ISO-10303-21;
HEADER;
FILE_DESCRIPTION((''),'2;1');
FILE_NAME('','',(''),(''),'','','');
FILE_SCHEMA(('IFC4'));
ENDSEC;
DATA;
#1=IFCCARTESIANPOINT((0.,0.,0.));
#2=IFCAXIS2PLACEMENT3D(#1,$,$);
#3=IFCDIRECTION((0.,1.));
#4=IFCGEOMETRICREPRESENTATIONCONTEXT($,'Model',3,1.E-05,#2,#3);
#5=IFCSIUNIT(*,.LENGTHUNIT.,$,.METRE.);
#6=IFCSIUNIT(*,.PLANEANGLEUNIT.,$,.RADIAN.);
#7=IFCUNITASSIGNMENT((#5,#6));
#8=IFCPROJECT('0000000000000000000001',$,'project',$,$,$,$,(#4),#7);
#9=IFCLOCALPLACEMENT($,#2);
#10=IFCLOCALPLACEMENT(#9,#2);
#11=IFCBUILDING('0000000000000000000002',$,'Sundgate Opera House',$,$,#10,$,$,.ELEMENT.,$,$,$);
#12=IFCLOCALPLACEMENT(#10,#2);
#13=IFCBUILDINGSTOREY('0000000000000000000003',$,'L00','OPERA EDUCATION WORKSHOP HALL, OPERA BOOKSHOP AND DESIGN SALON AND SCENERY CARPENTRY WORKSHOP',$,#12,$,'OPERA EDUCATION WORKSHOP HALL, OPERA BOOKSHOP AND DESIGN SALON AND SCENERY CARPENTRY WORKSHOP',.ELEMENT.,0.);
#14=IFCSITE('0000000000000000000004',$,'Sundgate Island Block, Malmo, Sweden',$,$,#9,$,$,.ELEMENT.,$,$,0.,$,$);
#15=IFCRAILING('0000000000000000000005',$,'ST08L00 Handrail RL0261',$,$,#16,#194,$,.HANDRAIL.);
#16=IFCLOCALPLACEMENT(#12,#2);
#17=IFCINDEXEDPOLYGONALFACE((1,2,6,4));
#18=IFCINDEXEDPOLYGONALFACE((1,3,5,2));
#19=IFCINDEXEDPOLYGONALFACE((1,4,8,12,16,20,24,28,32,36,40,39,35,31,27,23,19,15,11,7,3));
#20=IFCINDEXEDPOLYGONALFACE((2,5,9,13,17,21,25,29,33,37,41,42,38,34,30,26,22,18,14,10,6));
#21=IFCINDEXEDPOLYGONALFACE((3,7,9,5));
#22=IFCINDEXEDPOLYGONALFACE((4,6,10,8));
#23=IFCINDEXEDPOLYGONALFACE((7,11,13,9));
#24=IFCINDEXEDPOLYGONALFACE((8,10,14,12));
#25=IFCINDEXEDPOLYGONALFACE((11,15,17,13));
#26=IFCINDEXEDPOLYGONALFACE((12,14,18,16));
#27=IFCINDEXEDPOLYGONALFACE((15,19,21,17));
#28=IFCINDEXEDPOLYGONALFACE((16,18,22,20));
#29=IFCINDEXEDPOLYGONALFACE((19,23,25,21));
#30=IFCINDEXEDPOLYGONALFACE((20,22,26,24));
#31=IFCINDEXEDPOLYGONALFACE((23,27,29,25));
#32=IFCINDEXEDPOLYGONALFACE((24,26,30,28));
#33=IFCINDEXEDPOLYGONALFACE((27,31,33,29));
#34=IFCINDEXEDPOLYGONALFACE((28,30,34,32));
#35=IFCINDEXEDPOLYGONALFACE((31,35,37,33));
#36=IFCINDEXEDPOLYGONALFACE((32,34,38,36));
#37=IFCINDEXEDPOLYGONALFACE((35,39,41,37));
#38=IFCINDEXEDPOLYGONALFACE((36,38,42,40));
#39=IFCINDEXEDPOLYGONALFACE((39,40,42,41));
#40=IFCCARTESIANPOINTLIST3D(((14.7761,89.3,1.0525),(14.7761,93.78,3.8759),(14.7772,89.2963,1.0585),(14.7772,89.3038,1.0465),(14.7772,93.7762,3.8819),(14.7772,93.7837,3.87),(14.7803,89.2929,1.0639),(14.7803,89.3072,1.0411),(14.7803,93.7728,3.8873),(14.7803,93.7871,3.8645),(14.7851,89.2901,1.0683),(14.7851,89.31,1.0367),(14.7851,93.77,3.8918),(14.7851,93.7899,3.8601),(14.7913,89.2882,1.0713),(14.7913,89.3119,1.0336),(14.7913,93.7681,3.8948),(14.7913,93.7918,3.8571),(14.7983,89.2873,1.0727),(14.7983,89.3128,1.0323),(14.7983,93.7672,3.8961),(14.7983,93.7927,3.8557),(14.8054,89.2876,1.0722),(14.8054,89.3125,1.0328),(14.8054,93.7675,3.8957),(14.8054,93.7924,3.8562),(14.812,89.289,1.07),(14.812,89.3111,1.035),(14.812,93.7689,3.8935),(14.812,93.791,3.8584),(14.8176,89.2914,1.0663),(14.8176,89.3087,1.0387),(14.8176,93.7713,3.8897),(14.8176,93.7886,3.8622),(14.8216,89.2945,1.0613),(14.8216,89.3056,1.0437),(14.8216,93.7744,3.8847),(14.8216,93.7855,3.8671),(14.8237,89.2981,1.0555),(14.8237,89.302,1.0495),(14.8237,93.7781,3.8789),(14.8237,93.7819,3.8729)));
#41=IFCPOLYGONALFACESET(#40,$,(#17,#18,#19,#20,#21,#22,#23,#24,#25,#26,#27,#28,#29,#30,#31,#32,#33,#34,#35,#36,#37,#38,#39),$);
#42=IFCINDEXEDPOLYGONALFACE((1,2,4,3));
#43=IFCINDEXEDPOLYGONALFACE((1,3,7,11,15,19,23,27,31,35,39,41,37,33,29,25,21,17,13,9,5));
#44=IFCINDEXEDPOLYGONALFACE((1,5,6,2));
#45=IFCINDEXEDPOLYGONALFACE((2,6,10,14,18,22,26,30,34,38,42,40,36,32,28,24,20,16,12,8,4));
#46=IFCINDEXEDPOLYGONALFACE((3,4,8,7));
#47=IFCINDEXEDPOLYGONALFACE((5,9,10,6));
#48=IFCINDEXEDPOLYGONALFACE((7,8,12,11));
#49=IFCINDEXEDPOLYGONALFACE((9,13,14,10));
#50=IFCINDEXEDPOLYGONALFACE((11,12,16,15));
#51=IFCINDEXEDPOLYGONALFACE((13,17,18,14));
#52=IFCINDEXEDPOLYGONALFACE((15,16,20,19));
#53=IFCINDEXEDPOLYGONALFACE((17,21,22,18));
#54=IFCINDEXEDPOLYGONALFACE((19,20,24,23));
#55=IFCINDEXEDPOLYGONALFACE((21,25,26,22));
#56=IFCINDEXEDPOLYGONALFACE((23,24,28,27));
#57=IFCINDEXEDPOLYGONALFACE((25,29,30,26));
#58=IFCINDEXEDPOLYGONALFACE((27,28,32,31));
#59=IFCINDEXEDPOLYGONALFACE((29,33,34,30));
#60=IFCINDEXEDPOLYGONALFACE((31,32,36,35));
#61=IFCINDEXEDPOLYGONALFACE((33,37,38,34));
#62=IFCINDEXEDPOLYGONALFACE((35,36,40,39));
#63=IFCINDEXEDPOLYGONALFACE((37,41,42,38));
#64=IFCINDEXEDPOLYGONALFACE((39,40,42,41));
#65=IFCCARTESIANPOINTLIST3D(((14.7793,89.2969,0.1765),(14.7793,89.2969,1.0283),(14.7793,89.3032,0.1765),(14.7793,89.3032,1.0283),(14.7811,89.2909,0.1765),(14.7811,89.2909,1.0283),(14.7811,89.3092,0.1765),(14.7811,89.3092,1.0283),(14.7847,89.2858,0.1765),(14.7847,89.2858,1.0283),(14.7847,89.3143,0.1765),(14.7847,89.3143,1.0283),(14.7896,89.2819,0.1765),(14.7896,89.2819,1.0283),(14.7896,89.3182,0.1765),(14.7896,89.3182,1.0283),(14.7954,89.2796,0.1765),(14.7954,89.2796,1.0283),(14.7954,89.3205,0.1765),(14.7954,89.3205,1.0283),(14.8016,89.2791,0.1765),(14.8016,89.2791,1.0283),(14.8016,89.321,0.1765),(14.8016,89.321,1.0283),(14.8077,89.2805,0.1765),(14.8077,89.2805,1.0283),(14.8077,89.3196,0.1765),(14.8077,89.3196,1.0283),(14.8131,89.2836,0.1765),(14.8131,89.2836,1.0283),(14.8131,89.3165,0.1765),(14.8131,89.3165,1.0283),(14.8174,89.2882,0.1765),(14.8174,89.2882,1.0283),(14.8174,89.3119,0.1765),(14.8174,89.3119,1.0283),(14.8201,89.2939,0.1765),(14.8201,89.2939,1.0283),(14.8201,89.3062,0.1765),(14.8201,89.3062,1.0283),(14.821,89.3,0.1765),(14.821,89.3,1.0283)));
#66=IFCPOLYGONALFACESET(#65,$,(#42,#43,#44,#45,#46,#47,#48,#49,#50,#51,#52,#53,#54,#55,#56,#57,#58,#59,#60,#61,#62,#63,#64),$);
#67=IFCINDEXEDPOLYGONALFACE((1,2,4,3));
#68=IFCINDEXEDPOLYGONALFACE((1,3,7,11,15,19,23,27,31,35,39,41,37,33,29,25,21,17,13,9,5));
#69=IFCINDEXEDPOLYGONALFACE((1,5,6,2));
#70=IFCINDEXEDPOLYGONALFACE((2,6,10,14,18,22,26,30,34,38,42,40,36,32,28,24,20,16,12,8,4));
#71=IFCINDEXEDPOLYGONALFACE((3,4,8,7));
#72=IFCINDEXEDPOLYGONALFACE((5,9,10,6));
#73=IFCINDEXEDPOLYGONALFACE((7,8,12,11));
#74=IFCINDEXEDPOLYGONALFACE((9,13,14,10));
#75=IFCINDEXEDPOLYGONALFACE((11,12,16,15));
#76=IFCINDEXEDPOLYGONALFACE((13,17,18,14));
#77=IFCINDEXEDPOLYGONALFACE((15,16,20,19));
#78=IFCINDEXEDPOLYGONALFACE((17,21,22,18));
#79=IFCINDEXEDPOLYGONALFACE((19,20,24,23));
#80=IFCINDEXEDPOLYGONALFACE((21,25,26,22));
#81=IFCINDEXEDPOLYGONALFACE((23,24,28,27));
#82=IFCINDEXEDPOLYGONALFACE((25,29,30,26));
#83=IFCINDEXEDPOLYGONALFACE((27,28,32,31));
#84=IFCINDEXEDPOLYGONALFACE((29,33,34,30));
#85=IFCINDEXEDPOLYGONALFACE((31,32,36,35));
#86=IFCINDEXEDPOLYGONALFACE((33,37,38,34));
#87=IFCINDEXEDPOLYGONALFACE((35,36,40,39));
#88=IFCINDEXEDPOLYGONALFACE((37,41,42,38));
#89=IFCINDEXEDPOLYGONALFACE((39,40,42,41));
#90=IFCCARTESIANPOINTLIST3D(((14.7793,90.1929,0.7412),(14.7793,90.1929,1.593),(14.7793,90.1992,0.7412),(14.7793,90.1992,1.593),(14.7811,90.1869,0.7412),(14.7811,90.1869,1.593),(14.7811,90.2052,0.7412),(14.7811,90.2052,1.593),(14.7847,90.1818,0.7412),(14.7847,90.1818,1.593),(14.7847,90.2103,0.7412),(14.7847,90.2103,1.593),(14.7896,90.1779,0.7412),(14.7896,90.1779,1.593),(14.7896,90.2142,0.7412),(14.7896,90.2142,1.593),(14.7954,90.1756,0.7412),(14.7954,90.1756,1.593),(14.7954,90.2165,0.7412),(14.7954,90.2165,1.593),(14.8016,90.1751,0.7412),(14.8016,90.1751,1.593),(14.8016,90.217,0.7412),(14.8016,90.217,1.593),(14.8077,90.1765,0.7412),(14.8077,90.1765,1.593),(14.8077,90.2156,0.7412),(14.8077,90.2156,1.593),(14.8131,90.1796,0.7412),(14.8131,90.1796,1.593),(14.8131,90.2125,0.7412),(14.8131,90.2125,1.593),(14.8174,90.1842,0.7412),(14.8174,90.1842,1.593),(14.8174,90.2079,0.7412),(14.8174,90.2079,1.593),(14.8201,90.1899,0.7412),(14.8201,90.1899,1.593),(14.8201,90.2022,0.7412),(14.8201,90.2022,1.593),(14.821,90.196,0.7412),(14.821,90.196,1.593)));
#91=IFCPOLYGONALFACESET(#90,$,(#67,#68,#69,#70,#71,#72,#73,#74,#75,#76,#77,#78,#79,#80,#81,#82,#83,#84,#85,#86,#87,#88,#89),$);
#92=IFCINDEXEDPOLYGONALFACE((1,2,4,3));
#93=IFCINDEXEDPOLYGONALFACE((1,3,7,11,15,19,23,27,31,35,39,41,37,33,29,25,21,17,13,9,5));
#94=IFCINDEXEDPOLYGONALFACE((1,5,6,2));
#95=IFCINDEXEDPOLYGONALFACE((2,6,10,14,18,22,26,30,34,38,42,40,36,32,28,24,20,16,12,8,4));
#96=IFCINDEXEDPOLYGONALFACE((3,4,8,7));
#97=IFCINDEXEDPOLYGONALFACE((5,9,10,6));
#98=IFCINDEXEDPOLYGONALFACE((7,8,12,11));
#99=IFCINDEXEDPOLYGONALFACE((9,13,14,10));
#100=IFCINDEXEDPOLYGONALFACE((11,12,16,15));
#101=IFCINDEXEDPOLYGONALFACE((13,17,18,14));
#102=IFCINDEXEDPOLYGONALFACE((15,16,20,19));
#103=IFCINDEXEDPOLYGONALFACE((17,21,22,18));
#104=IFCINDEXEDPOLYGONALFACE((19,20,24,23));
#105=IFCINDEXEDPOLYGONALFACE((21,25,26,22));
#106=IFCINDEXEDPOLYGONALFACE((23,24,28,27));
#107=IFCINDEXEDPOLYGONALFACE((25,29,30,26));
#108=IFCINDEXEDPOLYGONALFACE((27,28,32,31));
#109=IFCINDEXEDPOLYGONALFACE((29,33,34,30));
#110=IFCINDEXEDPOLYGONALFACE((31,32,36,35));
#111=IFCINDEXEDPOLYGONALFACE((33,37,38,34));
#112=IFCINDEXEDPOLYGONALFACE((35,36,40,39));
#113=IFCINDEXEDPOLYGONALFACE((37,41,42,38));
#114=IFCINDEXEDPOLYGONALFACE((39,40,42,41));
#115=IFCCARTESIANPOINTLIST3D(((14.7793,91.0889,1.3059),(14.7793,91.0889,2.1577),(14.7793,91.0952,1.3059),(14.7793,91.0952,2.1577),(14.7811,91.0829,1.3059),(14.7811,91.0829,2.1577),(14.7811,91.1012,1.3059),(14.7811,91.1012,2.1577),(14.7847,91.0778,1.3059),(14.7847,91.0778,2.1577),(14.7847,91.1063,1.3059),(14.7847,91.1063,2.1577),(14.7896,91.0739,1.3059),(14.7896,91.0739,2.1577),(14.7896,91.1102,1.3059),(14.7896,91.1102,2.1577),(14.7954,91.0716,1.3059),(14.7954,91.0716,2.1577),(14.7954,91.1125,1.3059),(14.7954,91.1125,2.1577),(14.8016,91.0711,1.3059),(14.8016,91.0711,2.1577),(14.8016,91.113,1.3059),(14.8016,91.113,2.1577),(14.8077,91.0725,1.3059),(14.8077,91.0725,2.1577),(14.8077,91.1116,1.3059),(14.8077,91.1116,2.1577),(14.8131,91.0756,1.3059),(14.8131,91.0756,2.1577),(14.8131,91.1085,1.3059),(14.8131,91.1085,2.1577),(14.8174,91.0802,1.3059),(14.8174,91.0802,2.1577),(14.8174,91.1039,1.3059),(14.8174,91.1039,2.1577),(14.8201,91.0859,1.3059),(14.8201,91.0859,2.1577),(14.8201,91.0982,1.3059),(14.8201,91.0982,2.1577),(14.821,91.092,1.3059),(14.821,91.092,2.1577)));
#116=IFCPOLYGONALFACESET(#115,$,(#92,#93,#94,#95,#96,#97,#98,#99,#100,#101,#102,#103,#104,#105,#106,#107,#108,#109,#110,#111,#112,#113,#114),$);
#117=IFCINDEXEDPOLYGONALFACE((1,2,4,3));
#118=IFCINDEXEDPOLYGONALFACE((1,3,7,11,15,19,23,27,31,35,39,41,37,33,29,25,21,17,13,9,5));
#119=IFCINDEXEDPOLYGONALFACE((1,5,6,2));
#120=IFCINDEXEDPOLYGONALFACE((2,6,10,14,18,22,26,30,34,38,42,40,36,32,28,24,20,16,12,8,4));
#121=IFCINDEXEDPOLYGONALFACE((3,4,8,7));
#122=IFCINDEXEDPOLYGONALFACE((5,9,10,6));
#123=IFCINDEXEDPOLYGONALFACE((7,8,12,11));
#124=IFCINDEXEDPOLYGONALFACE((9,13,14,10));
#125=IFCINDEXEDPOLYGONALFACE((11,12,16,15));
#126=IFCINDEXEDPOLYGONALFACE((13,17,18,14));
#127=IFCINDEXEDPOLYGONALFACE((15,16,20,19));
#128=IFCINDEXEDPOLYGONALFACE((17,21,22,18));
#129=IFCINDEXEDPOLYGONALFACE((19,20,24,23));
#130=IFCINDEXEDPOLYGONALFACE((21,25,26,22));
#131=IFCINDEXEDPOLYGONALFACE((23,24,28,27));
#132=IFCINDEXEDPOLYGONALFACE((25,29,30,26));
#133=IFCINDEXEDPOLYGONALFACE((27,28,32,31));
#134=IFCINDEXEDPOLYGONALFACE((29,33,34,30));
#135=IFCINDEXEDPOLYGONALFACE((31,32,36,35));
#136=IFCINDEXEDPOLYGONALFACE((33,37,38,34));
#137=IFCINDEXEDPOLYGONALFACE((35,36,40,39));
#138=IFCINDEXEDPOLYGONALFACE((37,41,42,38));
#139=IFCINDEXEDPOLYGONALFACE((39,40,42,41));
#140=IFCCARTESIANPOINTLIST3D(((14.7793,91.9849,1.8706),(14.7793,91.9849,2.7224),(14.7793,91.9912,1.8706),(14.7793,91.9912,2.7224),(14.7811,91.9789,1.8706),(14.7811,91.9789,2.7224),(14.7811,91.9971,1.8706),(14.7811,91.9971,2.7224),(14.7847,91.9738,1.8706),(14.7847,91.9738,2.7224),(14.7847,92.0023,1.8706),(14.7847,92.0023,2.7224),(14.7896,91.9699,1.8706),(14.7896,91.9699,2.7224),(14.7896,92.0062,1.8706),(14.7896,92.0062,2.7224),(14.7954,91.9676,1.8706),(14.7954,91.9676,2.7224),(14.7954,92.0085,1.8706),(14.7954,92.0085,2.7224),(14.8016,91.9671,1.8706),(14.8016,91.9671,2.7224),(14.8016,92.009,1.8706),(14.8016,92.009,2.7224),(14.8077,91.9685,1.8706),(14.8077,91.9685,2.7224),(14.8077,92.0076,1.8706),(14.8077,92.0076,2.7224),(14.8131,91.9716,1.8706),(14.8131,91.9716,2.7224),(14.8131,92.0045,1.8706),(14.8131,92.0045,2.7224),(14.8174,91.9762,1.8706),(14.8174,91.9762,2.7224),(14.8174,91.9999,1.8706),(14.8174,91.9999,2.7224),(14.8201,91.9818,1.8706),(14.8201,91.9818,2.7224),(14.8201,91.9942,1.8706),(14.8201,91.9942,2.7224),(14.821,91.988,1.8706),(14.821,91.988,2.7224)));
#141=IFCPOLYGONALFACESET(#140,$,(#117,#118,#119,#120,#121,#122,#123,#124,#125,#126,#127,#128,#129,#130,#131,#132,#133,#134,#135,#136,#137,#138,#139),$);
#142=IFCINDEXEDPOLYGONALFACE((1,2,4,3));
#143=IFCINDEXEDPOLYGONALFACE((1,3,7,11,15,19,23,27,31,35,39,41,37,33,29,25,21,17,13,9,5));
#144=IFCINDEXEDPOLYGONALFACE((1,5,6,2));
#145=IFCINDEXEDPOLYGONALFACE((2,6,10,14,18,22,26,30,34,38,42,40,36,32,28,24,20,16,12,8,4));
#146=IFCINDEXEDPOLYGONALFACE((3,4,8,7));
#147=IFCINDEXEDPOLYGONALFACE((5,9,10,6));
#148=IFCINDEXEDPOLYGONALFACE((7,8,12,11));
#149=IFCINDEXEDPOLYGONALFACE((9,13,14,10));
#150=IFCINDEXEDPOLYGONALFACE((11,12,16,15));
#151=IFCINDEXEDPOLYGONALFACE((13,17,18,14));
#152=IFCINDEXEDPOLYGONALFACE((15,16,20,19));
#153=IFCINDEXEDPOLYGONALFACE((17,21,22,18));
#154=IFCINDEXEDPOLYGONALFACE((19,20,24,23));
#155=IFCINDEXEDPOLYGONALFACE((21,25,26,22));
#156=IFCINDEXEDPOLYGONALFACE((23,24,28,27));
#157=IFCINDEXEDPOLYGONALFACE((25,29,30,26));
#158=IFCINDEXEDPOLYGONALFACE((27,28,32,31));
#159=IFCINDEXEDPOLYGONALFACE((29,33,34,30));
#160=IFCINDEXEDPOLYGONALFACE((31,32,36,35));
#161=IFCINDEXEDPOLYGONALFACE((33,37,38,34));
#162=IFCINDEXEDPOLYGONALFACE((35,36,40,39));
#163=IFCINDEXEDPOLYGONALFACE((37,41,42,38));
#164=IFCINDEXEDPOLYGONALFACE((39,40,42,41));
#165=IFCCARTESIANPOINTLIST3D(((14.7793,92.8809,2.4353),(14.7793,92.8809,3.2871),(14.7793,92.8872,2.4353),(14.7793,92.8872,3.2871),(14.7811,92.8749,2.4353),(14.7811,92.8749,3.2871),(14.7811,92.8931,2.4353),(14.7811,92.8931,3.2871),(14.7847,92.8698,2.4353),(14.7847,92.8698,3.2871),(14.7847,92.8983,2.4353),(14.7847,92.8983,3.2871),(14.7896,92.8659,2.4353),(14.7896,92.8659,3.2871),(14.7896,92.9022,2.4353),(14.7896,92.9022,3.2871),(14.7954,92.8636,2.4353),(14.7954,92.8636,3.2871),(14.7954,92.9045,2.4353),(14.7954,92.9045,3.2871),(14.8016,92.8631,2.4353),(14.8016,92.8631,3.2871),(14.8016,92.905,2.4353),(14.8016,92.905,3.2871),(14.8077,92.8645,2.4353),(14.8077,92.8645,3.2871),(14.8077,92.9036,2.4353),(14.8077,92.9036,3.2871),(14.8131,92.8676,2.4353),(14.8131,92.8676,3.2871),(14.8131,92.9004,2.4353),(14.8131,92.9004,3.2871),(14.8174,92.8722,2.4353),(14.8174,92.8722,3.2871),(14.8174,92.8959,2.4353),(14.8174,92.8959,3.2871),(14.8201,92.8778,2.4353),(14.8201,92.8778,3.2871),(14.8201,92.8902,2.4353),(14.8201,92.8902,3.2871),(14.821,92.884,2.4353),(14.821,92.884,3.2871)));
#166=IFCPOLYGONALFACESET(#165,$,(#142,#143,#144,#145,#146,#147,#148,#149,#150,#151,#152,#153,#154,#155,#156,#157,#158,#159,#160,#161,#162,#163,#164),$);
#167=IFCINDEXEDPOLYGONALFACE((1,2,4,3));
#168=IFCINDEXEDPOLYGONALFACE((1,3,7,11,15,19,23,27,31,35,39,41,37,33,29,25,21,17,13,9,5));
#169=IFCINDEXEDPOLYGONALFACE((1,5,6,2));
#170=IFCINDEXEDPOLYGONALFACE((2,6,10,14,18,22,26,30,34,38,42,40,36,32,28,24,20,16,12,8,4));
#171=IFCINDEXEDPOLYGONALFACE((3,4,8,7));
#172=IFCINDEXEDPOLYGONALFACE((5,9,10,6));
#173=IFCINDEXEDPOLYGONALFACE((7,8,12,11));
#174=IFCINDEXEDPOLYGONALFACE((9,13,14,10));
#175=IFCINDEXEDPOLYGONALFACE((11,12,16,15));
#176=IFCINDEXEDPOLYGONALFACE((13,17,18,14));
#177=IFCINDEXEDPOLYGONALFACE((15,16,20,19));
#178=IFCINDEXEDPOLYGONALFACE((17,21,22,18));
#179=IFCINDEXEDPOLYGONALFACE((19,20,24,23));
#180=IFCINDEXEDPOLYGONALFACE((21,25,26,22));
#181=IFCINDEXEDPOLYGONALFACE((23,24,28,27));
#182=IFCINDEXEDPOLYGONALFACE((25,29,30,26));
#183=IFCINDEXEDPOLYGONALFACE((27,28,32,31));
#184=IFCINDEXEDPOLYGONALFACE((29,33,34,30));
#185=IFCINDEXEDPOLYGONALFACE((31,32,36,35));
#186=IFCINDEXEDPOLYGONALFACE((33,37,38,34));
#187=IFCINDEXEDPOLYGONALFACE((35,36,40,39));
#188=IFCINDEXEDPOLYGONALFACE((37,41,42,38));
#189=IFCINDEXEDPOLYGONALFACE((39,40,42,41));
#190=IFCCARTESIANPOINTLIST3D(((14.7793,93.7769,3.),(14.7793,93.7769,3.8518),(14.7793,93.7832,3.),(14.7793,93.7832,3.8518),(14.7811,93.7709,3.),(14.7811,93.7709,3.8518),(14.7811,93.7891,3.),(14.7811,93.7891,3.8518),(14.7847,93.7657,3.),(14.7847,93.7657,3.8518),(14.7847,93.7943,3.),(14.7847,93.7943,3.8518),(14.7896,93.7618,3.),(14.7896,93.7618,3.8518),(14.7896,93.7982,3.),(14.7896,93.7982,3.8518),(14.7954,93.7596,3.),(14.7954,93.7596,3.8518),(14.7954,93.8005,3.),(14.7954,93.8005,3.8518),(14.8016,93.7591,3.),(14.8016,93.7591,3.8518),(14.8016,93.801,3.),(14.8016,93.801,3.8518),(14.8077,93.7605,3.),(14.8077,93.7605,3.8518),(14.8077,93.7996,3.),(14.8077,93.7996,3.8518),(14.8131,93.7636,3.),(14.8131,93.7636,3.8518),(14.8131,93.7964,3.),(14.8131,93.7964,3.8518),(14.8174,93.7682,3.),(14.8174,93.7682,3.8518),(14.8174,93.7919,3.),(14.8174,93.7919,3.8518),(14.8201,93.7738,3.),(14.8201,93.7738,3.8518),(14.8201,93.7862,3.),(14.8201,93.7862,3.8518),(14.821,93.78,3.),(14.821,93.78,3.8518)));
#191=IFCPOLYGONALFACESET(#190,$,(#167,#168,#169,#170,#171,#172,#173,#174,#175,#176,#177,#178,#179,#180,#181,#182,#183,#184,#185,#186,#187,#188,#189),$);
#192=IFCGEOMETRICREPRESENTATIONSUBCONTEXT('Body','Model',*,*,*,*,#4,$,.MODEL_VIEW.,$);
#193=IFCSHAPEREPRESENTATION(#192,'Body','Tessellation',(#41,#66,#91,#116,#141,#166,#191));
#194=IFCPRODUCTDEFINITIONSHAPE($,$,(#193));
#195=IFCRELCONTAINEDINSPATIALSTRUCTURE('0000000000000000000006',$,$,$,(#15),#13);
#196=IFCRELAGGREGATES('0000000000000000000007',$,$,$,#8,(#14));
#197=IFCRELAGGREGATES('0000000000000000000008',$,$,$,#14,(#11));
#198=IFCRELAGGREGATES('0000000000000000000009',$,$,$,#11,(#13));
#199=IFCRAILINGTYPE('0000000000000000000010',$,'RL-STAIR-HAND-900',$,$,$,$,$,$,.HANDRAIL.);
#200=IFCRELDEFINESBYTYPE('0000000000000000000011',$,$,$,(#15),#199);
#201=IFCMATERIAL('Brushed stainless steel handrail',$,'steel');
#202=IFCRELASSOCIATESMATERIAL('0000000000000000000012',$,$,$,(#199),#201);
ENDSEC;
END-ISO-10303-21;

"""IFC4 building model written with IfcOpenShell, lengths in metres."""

from ifc_helpers import new_model, si_unit, direction, frame, origin, origin_2d, place, context, subcontext, project, spatial, circle, extrude, material, type_object, element, save


model = new_model("IFC4")

# Units and contexts
model_context = context("Model", 3, precision=1e-05, world=origin(), true_north=direction((0.0, 1.0)))
body_context = subcontext(model_context, "Body", "Model", "MODEL_VIEW")
ifc_project = project(units=[si_unit("LENGTHUNIT", "METRE"), si_unit("PLANEANGLEUNIT", "RADIAN")], contexts=[model_context])

# Site, building, storey
site_placement = place(None, origin())
site = spatial("IfcSite", under=ifc_project, at=site_placement, Name="Sundgate Island Block, Malmo, Sweden", CompositionType="ELEMENT", RefElevation=0.0)
building_placement = place(site_placement, origin())
building = spatial("IfcBuilding", under=site, at=building_placement, Name="Sundgate Opera House", CompositionType="ELEMENT")
storey_placement = place(building_placement, origin())
storey = spatial("IfcBuildingStorey", under=building, at=storey_placement, Name="L00", Description="OPERA EDUCATION WORKSHOP HALL, OPERA BOOKSHOP AND DESIGN SALON AND SCENERY CARPENTRY WORKSHOP", LongName="OPERA EDUCATION WORKSHOP HALL, OPERA BOOKSHOP AND DESIGN SALON AND SCENERY CARPENTRY WORKSHOP", CompositionType="ELEMENT", Elevation=0.0)

# Railing
ifc_material_1 = material(Name="Brushed stainless steel handrail", Category="steel")
railing_type_1 = type_object("IfcRailingType", Name="RL-STAIR-HAND-900", PredefinedType="HANDRAIL", material=ifc_material_1)
railing_1_placement = place(storey_placement, frame((14.8, 89.3, 0.1765)))
element("IfcRailing", 1, at=railing_1_placement, inside=storey, type_object=railing_type_1, Name="ST08L00 Handrail RL0261", PredefinedType="HANDRAIL", context=body_context, shape_type="SweptSolid", body=[
    extrude(circle(Radius=0.0239, at=origin_2d()), frame((0.0, 0.0, 0.876), z_axis=(0.0, 0.845998, 0.533186), x_axis=(-1.0, 0.0, 0.0)), (0.0, 0.0, 1.0), 5.2954),
    extrude(circle(Radius=0.021, at=origin_2d()), origin(), (0.0, 0.0, 1.0), 0.8518),
    extrude(circle(Radius=0.021, at=origin_2d()), frame((0.0, 0.896, 0.5647)), (0.0, 0.0, 1.0), 0.8518),
    extrude(circle(Radius=0.021, at=origin_2d()), frame((0.0, 1.792, 1.1294)), (0.0, 0.0, 1.0), 0.8518),
    extrude(circle(Radius=0.021, at=origin_2d()), frame((0.0, 2.688, 1.6941)), (0.0, 0.0, 1.0), 0.8518),
    extrude(circle(Radius=0.021, at=origin_2d()), frame((0.0, 3.584, 2.2588)), (0.0, 0.0, 1.0), 0.8518),
    extrude(circle(Radius=0.021, at=origin_2d()), frame((0.0, 4.48, 2.8235)), (0.0, 0.0, 1.0), 0.8518),
])

save(model, "model.ifc")
